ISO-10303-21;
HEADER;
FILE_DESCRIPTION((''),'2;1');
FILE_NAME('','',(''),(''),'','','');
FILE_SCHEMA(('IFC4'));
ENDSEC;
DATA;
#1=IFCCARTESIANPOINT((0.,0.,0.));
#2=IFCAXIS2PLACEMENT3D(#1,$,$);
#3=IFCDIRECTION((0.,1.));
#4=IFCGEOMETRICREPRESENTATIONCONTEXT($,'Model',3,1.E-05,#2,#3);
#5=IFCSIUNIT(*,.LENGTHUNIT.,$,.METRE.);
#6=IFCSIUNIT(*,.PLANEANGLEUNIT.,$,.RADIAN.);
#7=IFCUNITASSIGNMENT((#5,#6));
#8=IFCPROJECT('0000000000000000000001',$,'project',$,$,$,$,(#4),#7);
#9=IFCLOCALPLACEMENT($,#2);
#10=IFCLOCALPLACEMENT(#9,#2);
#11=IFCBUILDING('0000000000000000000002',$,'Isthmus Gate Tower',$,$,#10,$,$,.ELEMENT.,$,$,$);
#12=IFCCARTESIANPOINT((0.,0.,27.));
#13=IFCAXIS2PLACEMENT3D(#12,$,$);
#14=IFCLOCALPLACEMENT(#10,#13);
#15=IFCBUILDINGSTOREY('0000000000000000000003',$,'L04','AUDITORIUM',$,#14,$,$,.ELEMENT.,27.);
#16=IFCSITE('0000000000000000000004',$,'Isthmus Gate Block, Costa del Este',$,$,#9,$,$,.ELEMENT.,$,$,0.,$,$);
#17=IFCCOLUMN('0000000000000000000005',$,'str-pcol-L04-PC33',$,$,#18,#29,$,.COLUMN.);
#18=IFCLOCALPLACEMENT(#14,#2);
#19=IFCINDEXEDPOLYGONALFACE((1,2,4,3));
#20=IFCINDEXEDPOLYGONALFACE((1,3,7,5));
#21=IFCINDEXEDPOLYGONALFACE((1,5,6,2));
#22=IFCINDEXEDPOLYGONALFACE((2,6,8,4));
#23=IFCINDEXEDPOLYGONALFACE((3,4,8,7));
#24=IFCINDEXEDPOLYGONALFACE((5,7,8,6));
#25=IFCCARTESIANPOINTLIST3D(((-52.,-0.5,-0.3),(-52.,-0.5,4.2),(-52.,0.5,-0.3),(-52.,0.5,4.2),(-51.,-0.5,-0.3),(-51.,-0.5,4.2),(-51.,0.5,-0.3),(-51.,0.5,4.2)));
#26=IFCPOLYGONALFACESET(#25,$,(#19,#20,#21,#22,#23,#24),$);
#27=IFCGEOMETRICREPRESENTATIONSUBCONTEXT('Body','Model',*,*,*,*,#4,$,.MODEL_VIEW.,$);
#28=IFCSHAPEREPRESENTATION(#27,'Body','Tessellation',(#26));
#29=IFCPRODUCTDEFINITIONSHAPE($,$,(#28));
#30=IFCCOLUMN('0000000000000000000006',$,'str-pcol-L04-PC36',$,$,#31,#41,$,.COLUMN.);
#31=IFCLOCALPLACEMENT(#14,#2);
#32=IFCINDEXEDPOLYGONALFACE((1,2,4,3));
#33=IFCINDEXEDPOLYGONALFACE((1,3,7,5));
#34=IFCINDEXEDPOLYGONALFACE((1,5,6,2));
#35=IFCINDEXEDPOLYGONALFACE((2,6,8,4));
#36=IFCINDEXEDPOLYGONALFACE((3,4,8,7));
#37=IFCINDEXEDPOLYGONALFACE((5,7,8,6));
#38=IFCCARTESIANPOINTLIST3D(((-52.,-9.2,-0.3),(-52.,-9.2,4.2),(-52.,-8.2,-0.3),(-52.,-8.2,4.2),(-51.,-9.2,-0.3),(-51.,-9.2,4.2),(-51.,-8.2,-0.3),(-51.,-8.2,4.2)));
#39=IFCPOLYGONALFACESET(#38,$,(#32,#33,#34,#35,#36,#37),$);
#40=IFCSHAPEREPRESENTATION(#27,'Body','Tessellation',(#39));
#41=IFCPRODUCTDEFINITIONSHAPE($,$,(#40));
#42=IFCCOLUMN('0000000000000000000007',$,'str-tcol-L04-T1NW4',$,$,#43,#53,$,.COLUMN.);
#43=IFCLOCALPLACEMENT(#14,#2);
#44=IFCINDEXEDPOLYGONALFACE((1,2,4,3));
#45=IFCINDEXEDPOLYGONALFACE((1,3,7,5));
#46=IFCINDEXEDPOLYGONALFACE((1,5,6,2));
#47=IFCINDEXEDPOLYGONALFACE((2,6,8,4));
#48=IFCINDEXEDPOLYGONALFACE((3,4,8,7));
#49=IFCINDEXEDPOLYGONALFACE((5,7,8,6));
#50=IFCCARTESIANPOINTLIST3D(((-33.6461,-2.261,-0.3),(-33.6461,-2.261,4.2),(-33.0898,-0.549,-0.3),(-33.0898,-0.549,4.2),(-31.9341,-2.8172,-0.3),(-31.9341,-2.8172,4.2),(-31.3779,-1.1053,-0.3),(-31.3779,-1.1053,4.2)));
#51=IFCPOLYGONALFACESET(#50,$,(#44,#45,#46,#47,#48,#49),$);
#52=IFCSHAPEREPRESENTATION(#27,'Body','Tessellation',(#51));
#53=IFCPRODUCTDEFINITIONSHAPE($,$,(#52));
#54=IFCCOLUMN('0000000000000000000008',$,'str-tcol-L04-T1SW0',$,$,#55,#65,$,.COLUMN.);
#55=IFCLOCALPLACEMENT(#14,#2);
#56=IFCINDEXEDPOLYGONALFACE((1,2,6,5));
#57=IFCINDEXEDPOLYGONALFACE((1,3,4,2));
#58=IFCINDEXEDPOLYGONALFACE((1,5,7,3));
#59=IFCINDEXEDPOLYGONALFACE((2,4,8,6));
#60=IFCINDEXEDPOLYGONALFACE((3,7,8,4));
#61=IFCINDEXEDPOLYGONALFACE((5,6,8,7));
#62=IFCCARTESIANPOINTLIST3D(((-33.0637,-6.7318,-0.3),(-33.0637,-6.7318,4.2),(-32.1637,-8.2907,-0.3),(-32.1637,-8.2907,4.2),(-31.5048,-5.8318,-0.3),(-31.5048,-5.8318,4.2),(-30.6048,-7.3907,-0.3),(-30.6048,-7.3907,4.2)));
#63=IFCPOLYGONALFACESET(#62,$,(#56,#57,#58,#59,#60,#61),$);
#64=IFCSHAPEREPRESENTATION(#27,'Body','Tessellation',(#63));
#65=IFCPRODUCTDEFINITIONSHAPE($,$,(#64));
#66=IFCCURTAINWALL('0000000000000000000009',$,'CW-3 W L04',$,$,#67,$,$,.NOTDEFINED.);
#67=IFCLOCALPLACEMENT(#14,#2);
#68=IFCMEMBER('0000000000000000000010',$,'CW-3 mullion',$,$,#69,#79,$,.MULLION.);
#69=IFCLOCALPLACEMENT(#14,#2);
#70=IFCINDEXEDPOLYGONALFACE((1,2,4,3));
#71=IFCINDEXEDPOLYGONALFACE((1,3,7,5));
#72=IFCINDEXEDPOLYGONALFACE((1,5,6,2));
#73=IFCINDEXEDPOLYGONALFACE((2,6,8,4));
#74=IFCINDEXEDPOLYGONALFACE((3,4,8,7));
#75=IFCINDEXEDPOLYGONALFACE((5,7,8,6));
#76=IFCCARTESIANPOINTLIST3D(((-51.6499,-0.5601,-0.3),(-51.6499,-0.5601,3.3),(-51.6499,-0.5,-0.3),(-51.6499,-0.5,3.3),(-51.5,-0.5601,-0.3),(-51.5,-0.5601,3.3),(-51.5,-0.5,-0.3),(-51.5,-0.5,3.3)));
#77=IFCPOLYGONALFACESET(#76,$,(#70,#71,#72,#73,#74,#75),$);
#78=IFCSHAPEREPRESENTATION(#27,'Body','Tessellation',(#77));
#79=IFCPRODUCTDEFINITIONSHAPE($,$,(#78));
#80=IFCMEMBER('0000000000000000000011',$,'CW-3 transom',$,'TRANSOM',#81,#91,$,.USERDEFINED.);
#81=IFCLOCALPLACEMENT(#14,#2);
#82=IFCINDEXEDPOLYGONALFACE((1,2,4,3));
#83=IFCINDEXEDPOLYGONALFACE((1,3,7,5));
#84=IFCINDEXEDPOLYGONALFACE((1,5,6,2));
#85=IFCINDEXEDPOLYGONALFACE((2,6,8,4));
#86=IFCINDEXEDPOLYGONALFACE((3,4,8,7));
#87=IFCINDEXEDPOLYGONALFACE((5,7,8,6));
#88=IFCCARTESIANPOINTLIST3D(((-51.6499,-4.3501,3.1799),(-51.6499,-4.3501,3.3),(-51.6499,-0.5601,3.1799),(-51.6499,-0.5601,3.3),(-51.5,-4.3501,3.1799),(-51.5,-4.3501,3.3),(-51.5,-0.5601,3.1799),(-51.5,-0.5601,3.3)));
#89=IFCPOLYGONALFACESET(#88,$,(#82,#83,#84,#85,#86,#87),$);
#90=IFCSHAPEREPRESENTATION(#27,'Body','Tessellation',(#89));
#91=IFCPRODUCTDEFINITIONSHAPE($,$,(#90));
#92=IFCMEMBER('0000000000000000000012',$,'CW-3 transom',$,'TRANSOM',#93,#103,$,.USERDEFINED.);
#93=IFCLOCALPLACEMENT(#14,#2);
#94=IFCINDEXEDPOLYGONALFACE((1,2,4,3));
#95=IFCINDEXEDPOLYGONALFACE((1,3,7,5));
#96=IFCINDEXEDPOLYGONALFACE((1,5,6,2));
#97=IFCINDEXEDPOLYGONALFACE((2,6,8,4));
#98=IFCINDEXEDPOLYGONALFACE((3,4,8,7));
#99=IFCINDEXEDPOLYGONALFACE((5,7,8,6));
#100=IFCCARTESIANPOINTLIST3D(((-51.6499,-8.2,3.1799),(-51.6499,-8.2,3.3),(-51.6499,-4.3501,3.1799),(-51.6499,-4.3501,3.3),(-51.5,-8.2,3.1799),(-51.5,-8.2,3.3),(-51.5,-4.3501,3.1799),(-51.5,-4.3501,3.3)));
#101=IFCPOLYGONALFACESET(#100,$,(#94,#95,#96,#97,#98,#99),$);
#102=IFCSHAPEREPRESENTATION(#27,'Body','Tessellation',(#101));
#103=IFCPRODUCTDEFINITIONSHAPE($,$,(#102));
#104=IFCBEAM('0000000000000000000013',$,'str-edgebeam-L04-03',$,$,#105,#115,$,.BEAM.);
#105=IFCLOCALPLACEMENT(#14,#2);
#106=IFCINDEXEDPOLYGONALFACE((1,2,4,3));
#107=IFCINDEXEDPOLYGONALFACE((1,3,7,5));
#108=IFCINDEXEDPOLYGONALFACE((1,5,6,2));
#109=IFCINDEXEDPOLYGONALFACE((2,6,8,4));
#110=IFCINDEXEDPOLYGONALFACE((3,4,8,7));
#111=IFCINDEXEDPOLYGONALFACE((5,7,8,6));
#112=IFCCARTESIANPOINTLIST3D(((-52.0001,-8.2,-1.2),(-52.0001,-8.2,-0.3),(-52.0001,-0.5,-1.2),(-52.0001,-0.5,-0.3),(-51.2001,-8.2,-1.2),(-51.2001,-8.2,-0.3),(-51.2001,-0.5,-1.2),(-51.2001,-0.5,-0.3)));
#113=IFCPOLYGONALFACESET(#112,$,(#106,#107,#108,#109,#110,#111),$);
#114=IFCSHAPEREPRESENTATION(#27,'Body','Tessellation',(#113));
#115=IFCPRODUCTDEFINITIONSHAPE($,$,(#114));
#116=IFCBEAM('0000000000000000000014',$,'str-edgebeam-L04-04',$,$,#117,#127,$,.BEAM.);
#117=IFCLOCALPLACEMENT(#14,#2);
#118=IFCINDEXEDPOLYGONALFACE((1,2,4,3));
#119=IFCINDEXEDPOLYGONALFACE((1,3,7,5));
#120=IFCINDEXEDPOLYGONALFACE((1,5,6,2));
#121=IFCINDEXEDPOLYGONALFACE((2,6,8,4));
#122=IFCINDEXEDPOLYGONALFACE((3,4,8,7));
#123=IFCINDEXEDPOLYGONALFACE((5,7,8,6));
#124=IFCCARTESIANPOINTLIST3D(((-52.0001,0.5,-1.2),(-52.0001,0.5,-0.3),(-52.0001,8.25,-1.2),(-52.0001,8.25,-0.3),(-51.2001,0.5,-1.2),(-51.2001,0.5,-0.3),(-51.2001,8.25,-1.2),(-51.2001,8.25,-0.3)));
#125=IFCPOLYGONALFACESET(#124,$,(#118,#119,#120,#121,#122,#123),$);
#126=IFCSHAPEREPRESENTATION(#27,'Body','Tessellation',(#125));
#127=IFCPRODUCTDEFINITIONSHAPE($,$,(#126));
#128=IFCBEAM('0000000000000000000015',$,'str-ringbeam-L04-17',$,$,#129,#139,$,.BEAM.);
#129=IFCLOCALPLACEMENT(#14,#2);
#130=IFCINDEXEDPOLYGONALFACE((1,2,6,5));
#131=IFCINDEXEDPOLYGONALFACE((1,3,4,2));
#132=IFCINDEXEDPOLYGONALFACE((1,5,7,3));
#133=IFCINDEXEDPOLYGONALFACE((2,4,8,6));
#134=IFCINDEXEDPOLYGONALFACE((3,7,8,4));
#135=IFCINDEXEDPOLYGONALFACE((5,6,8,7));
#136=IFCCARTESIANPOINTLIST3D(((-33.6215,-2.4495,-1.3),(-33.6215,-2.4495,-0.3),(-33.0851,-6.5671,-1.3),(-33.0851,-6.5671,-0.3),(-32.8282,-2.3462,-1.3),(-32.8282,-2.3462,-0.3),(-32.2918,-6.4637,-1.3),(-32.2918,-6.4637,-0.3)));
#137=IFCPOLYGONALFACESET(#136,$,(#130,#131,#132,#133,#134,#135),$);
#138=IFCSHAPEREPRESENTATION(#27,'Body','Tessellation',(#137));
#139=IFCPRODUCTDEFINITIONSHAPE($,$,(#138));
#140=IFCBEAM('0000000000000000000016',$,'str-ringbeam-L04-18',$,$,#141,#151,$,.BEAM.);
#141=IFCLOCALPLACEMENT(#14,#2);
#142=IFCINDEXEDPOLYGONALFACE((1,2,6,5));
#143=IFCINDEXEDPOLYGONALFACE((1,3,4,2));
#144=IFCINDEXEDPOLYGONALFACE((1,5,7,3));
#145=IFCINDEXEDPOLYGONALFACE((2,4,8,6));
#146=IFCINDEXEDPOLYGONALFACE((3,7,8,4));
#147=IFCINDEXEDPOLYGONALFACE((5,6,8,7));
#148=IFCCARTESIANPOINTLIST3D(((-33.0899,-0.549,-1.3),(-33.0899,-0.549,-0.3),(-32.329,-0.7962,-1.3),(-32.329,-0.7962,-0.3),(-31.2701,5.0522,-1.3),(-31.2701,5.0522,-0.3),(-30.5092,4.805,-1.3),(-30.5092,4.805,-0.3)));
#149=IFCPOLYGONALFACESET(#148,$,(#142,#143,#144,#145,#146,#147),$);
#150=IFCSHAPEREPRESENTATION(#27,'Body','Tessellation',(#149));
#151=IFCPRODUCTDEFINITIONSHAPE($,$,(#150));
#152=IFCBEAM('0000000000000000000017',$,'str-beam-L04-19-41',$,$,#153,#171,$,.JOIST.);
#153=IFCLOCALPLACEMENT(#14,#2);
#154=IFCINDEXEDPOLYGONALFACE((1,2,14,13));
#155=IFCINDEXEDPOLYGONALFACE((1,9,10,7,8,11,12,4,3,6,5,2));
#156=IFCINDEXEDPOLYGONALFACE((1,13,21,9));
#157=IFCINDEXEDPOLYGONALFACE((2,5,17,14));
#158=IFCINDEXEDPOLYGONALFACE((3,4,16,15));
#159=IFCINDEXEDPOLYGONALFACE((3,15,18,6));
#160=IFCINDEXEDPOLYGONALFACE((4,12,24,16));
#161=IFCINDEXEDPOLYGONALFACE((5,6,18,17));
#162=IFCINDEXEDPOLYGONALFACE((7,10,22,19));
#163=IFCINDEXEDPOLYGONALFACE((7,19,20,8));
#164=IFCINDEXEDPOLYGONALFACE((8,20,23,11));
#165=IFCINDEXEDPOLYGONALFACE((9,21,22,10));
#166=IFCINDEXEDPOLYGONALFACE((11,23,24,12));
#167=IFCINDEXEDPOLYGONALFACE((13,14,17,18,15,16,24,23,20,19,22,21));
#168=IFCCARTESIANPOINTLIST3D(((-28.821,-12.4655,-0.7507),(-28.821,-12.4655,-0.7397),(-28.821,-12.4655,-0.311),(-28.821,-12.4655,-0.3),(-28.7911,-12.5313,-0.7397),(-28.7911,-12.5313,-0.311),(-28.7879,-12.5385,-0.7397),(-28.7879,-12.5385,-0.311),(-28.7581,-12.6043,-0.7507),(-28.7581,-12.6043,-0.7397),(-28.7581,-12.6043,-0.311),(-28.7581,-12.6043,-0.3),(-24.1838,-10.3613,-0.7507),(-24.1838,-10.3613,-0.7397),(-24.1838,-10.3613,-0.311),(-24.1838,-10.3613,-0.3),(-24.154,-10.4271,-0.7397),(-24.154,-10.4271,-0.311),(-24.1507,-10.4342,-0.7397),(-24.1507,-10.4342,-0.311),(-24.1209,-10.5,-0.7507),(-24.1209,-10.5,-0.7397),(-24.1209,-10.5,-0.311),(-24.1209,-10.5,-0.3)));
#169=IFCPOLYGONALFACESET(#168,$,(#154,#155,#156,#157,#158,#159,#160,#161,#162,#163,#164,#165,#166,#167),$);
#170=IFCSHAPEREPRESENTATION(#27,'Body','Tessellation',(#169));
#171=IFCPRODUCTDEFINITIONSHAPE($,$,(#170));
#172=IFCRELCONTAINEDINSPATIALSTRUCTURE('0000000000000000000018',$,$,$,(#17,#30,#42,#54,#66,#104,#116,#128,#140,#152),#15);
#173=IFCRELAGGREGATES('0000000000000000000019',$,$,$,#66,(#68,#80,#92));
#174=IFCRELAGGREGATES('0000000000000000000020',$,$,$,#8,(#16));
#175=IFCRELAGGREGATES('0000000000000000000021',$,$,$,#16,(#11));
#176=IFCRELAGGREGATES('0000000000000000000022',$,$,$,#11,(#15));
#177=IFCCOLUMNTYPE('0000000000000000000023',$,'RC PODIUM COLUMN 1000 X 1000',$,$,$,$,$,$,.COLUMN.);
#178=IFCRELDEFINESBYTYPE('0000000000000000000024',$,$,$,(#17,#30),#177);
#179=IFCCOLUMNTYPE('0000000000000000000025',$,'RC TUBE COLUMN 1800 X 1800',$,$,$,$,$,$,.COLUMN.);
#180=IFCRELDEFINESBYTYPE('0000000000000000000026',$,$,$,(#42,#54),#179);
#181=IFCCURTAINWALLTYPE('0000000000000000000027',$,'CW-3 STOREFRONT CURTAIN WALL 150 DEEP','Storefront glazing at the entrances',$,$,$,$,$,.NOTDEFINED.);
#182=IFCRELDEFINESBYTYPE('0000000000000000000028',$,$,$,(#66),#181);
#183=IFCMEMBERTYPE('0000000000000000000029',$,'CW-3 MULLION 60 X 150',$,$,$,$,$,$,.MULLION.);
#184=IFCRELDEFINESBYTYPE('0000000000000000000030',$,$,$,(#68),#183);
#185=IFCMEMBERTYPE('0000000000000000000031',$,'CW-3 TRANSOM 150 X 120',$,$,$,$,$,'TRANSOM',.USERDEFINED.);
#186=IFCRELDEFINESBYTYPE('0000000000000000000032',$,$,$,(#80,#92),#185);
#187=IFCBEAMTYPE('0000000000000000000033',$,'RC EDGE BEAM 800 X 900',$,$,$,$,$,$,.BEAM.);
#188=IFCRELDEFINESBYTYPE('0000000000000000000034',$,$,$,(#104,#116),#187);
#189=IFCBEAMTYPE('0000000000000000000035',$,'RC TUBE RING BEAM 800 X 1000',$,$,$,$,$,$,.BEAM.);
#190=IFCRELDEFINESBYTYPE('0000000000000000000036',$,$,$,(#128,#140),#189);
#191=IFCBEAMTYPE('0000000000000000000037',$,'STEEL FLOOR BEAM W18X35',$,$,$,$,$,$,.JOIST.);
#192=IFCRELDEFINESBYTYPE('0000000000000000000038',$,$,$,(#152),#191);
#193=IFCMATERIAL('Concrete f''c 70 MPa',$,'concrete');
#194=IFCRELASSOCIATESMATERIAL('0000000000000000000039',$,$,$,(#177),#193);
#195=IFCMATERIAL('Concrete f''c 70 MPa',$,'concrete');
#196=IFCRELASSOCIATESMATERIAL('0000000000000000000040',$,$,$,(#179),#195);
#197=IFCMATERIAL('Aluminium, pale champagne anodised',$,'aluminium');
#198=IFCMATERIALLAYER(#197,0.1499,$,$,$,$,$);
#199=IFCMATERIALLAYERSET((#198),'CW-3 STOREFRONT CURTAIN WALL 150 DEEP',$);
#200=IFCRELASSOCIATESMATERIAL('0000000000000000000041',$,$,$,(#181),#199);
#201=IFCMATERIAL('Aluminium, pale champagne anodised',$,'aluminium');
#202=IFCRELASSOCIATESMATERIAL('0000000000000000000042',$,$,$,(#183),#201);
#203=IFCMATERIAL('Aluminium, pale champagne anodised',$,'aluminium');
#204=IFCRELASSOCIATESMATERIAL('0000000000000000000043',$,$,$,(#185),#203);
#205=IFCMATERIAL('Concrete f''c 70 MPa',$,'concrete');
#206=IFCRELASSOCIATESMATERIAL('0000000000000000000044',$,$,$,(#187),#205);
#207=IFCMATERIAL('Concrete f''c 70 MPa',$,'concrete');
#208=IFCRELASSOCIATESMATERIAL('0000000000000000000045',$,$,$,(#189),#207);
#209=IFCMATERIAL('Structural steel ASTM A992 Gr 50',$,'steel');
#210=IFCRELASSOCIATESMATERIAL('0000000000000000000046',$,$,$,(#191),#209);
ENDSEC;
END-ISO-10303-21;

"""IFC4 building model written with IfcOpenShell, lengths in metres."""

from ifc_helpers import new_model, si_unit, direction, frame, origin, origin_2d, place, context, subcontext, project, spatial, rectangle, i_section, extrude, material, layer, layer_set, material_profile, profile_set, type_object, element, aggregate, save


model = new_model("IFC4")

# Units and contexts
model_context = context("Model", 3, precision=1e-05, world=origin(), true_north=direction((0.0, 1.0)))
body_context = subcontext(model_context, "Body", "Model", "MODEL_VIEW")
ifc_project = project(units=[si_unit("LENGTHUNIT", "METRE"), si_unit("PLANEANGLEUNIT", "RADIAN")], contexts=[model_context])

# Site, building, storey
site_placement = place(None, origin())
site = spatial("IfcSite", under=ifc_project, at=site_placement, Name="Isthmus Gate Block, Costa del Este", CompositionType="ELEMENT", RefElevation=0.0)
building_placement = place(site_placement, origin())
building = spatial("IfcBuilding", under=site, at=building_placement, Name="Isthmus Gate Tower", CompositionType="ELEMENT")
storey_placement = place(building_placement, frame((0.0, 0.0, 27.0)))
storey = spatial("IfcBuildingStorey", under=building, at=storey_placement, Name="L04", Description="AUDITORIUM", CompositionType="ELEMENT", Elevation=27.0)

# Columns
ifc_material_1 = material(Name="Concrete f'c 70 MPa", Category="concrete")
ifc_material_profile_1 = material_profile(ifc_material_1, rectangle(XDim=1.0, YDim=1.0, at=origin_2d()), Name="RC 1000X1000")
ifc_profile_set_1 = profile_set([ifc_material_profile_1], Name="Concrete f'c 70 MPa")
column_type_1 = type_object("IfcColumnType", Name="RC PODIUM COLUMN 1000 X 1000", PredefinedType="COLUMN", material=ifc_profile_set_1)
for number, where, z_axis, x_axis, name in (
    (1, (-51.5, 0.0, -0.3), (0.0, 0.0, 1.0), (0.0, -1.0, 0.0), "str-pcol-L04-PC33"),
    (2, (-51.5, -8.7, -0.3), (0.0, 0.0, 1.0), (0.0, 1.0, 0.0), "str-pcol-L04-PC36"),
):
    element("IfcColumn", number, at=place(storey_placement, frame(where, z_axis=z_axis, x_axis=x_axis)), inside=storey, type_object=column_type_1, Name=name, PredefinedType="COLUMN", context=body_context, shape_type="SweptSolid", body=[
        extrude(rectangle(XDim=1.0, YDim=1.0, at=origin_2d()), origin(), (0.0, 0.0, 1.0), 4.5),
    ])
ifc_material_2 = material(Name="Concrete f'c 70 MPa", Category="concrete")
ifc_material_profile_2 = material_profile(ifc_material_2, rectangle(XDim=1.8, YDim=1.8, at=origin_2d()), Name="RC 1800X1800")
ifc_profile_set_2 = profile_set([ifc_material_profile_2], Name="Concrete f'c 70 MPa")
column_type_2 = type_object("IfcColumnType", Name="RC TUBE COLUMN 1800 X 1800", PredefinedType="COLUMN", material=ifc_profile_set_2)
for number, where, z_axis, x_axis, name in (
    (3, (-32.512, -1.6831, -0.3), (0.0, 0.0, 1.0), (-0.309017, -0.951057, 0.0), "str-tcol-L04-T1NW4"),
    (4, (-31.8342, -7.0613, -0.3), (0.0, 0.0, 1.0), (0.5, -0.866025, 0.0), "str-tcol-L04-T1SW0"),
):
    element("IfcColumn", number, at=place(storey_placement, frame(where, z_axis=z_axis, x_axis=x_axis)), inside=storey, type_object=column_type_2, Name=name, PredefinedType="COLUMN", context=body_context, shape_type="SweptSolid", body=[
        extrude(rectangle(XDim=1.8, YDim=1.8, at=origin_2d()), origin(), (0.0, 0.0, 1.0), 4.5),
    ])

# Curtain wall, members
ifc_material_3 = material(Name="Aluminium, pale champagne anodised", Category="aluminium")
ifc_layer_1 = layer(ifc_material_3, 0.1499)
ifc_layer_set_1 = layer_set([ifc_layer_1], Name="CW-3 STOREFRONT CURTAIN WALL 150 DEEP")
curtain_wall_type = type_object("IfcCurtainWallType", Name="CW-3 STOREFRONT CURTAIN WALL 150 DEEP", Description="Storefront glazing at the entrances", PredefinedType="NOTDEFINED", material=ifc_layer_set_1)
curtain_wall_placement = place(storey_placement, origin())
curtain_wall = element("IfcCurtainWall", 5, at=curtain_wall_placement, inside=storey, type_object=curtain_wall_type, Name="CW-3 W L04", PredefinedType="NOTDEFINED")
ifc_material_4 = material(Name="Aluminium, pale champagne anodised", Category="aluminium")
ifc_material_profile_3 = material_profile(ifc_material_4, rectangle(XDim=0.0601, YDim=0.1499, at=origin_2d()), Name="60x150")
ifc_profile_set_3 = profile_set([ifc_material_profile_3], Name="Aluminium, pale champagne anodised")
member_type_1 = type_object("IfcMemberType", Name="CW-3 MULLION 60 X 150", PredefinedType="MULLION", material=ifc_profile_set_3)
member_1_placement = place(storey_placement, frame((-51.575, -0.53, -0.3), z_axis=(0.0, 0.0, 1.0), x_axis=(0.0, -1.0, 0.0)))
member_1 = element("IfcMember", 6, at=member_1_placement, type_object=member_type_1, Name="CW-3 mullion", PredefinedType="MULLION", context=body_context, shape_type="SweptSolid", body=[
    extrude(rectangle(XDim=0.0601, YDim=0.1499, at=origin_2d()), origin(), (0.0, 0.0, 1.0), 3.6001),
])
ifc_material_5 = material(Name="Aluminium, pale champagne anodised", Category="aluminium")
ifc_material_profile_4 = material_profile(ifc_material_5, rectangle(XDim=0.1499, YDim=0.1201, at=origin_2d()), Name="150x120")
ifc_profile_set_4 = profile_set([ifc_material_profile_4], Name="Aluminium, pale champagne anodised")
member_type_2 = type_object("IfcMemberType", Name="CW-3 TRANSOM 150 X 120", ElementType="TRANSOM", PredefinedType="USERDEFINED", material=ifc_profile_set_4)
member_2_placement = place(storey_placement, frame((-51.575, -0.5601, 3.24), z_axis=(0.0, -1.0, 0.0), x_axis=(1.0, 0.0, 0.0)))
member_2 = element("IfcMember", 7, at=member_2_placement, type_object=member_type_2, Name="CW-3 transom", ObjectType="TRANSOM", PredefinedType="USERDEFINED", context=body_context, shape_type="SweptSolid", body=[
    extrude(rectangle(XDim=0.1499, YDim=0.1201, at=origin_2d()), origin(), (0.0, 0.0, 1.0), 3.79),
])
member_3_placement = place(storey_placement, frame((-51.575, -4.3501, 3.24), z_axis=(0.0, -1.0, 0.0), x_axis=(1.0, 0.0, 0.0)))
member_3 = element("IfcMember", 8, at=member_3_placement, type_object=member_type_2, Name="CW-3 transom", ObjectType="TRANSOM", PredefinedType="USERDEFINED", context=body_context, shape_type="SweptSolid", body=[
    extrude(rectangle(XDim=0.1499, YDim=0.1201, at=origin_2d()), origin(), (0.0, 0.0, 1.0), 3.8499),
])

# Beams
ifc_material_6 = material(Name="Concrete f'c 70 MPa", Category="concrete")
ifc_material_profile_5 = material_profile(ifc_material_6, rectangle(XDim=0.8, YDim=0.8999, at=origin_2d()), Name="RC 800X900")
ifc_profile_set_5 = profile_set([ifc_material_profile_5], Name="Concrete f'c 70 MPa")
beam_type_1 = type_object("IfcBeamType", Name="RC EDGE BEAM 800 X 900", PredefinedType="BEAM", material=ifc_profile_set_5)
beam_1_placement = place(storey_placement, frame((-51.6001, -8.2, -0.75), z_axis=(0.0, 1.0, 0.0), x_axis=(-1.0, 0.0, 0.0)))
element("IfcBeam", 9, at=beam_1_placement, inside=storey, type_object=beam_type_1, Name="str-edgebeam-L04-03", PredefinedType="BEAM", context=body_context, shape_type="SweptSolid", body=[
    extrude(rectangle(XDim=0.8, YDim=0.8999, at=origin_2d()), origin(), (0.0, 0.0, 1.0), 7.7),
])
beam_2_placement = place(storey_placement, frame((-51.6001, 0.5, -0.75), z_axis=(0.0, 1.0, 0.0), x_axis=(-1.0, 0.0, 0.0)))
element("IfcBeam", 10, at=beam_2_placement, inside=storey, type_object=beam_type_1, Name="str-edgebeam-L04-04", PredefinedType="BEAM", context=body_context, shape_type="SweptSolid", body=[
    extrude(rectangle(XDim=0.8, YDim=0.8999, at=origin_2d()), origin(), (0.0, 0.0, 1.0), 7.75),
])
ifc_material_7 = material(Name="Concrete f'c 70 MPa", Category="concrete")
ifc_material_profile_6 = material_profile(ifc_material_7, rectangle(XDim=0.8, YDim=1.0, at=origin_2d()), Name="RC 800X1000")
ifc_profile_set_6 = profile_set([ifc_material_profile_6], Name="Concrete f'c 70 MPa")
beam_type_2 = type_object("IfcBeamType", Name="RC TUBE RING BEAM 800 X 1000", PredefinedType="BEAM", material=ifc_profile_set_6)
beam_3_placement = place(storey_placement, frame((-32.6885, -6.5154, -0.8), z_axis=(-0.129171, 0.991622, 0.0), x_axis=(-0.991622, -0.129171, 0.0)))
element("IfcBeam", 11, at=beam_3_placement, inside=storey, type_object=beam_type_2, Name="str-ringbeam-L04-17", PredefinedType="BEAM", context=body_context, shape_type="SweptSolid", body=[
    extrude(rectangle(XDim=0.8, YDim=1.0, at=origin_2d()), origin(), (0.0, 0.0, 1.0), 4.1523),
])
beam_4_placement = place(storey_placement, frame((-32.7095, -0.6726, -0.8), z_axis=(0.309005, 0.95106, 0.0), x_axis=(-0.95106, 0.309005, 0.0)))
element("IfcBeam", 12, at=beam_4_placement, inside=storey, type_object=beam_type_2, Name="str-ringbeam-L04-18", PredefinedType="BEAM", context=body_context, shape_type="SweptSolid", body=[
    extrude(rectangle(XDim=0.8, YDim=1.0, at=origin_2d()), origin(), (0.0, 0.0, 1.0), 5.8894),
])
ifc_material_8 = material(Name="Structural steel ASTM A992 Gr 50", Category="steel")
ifc_material_profile_7 = material_profile(ifc_material_8, i_section(OverallWidth=0.1523, OverallDepth=0.4507, WebThickness=0.0078, FlangeThickness=0.011, at=origin_2d()), Name="W18X35")
ifc_profile_set_7 = profile_set([ifc_material_profile_7], Name="Structural steel ASTM A992 Gr 50")
beam_type_3 = type_object("IfcBeamType", Name="STEEL FLOOR BEAM W18X35", PredefinedType="JOIST", material=ifc_profile_set_7)
beam_5_placement = place(storey_placement, frame((-24.1523, -10.4307, -0.5254), z_axis=(-0.910631, -0.413221, 0.0), x_axis=(0.413221, -0.910631, 0.0)))
element("IfcBeam", 13, at=beam_5_placement, inside=storey, type_object=beam_type_3, Name="str-beam-L04-19-41", PredefinedType="JOIST", context=body_context, shape_type="SweptSolid", body=[
    extrude(i_section(OverallWidth=0.1523, OverallDepth=0.4507, WebThickness=0.0078, FlangeThickness=0.011, at=origin_2d()), origin(), (0.0, 0.0, 1.0), 5.0923),
])

aggregate(curtain_wall, [member_1, member_2, member_3])

save(model, "model.ifc")
